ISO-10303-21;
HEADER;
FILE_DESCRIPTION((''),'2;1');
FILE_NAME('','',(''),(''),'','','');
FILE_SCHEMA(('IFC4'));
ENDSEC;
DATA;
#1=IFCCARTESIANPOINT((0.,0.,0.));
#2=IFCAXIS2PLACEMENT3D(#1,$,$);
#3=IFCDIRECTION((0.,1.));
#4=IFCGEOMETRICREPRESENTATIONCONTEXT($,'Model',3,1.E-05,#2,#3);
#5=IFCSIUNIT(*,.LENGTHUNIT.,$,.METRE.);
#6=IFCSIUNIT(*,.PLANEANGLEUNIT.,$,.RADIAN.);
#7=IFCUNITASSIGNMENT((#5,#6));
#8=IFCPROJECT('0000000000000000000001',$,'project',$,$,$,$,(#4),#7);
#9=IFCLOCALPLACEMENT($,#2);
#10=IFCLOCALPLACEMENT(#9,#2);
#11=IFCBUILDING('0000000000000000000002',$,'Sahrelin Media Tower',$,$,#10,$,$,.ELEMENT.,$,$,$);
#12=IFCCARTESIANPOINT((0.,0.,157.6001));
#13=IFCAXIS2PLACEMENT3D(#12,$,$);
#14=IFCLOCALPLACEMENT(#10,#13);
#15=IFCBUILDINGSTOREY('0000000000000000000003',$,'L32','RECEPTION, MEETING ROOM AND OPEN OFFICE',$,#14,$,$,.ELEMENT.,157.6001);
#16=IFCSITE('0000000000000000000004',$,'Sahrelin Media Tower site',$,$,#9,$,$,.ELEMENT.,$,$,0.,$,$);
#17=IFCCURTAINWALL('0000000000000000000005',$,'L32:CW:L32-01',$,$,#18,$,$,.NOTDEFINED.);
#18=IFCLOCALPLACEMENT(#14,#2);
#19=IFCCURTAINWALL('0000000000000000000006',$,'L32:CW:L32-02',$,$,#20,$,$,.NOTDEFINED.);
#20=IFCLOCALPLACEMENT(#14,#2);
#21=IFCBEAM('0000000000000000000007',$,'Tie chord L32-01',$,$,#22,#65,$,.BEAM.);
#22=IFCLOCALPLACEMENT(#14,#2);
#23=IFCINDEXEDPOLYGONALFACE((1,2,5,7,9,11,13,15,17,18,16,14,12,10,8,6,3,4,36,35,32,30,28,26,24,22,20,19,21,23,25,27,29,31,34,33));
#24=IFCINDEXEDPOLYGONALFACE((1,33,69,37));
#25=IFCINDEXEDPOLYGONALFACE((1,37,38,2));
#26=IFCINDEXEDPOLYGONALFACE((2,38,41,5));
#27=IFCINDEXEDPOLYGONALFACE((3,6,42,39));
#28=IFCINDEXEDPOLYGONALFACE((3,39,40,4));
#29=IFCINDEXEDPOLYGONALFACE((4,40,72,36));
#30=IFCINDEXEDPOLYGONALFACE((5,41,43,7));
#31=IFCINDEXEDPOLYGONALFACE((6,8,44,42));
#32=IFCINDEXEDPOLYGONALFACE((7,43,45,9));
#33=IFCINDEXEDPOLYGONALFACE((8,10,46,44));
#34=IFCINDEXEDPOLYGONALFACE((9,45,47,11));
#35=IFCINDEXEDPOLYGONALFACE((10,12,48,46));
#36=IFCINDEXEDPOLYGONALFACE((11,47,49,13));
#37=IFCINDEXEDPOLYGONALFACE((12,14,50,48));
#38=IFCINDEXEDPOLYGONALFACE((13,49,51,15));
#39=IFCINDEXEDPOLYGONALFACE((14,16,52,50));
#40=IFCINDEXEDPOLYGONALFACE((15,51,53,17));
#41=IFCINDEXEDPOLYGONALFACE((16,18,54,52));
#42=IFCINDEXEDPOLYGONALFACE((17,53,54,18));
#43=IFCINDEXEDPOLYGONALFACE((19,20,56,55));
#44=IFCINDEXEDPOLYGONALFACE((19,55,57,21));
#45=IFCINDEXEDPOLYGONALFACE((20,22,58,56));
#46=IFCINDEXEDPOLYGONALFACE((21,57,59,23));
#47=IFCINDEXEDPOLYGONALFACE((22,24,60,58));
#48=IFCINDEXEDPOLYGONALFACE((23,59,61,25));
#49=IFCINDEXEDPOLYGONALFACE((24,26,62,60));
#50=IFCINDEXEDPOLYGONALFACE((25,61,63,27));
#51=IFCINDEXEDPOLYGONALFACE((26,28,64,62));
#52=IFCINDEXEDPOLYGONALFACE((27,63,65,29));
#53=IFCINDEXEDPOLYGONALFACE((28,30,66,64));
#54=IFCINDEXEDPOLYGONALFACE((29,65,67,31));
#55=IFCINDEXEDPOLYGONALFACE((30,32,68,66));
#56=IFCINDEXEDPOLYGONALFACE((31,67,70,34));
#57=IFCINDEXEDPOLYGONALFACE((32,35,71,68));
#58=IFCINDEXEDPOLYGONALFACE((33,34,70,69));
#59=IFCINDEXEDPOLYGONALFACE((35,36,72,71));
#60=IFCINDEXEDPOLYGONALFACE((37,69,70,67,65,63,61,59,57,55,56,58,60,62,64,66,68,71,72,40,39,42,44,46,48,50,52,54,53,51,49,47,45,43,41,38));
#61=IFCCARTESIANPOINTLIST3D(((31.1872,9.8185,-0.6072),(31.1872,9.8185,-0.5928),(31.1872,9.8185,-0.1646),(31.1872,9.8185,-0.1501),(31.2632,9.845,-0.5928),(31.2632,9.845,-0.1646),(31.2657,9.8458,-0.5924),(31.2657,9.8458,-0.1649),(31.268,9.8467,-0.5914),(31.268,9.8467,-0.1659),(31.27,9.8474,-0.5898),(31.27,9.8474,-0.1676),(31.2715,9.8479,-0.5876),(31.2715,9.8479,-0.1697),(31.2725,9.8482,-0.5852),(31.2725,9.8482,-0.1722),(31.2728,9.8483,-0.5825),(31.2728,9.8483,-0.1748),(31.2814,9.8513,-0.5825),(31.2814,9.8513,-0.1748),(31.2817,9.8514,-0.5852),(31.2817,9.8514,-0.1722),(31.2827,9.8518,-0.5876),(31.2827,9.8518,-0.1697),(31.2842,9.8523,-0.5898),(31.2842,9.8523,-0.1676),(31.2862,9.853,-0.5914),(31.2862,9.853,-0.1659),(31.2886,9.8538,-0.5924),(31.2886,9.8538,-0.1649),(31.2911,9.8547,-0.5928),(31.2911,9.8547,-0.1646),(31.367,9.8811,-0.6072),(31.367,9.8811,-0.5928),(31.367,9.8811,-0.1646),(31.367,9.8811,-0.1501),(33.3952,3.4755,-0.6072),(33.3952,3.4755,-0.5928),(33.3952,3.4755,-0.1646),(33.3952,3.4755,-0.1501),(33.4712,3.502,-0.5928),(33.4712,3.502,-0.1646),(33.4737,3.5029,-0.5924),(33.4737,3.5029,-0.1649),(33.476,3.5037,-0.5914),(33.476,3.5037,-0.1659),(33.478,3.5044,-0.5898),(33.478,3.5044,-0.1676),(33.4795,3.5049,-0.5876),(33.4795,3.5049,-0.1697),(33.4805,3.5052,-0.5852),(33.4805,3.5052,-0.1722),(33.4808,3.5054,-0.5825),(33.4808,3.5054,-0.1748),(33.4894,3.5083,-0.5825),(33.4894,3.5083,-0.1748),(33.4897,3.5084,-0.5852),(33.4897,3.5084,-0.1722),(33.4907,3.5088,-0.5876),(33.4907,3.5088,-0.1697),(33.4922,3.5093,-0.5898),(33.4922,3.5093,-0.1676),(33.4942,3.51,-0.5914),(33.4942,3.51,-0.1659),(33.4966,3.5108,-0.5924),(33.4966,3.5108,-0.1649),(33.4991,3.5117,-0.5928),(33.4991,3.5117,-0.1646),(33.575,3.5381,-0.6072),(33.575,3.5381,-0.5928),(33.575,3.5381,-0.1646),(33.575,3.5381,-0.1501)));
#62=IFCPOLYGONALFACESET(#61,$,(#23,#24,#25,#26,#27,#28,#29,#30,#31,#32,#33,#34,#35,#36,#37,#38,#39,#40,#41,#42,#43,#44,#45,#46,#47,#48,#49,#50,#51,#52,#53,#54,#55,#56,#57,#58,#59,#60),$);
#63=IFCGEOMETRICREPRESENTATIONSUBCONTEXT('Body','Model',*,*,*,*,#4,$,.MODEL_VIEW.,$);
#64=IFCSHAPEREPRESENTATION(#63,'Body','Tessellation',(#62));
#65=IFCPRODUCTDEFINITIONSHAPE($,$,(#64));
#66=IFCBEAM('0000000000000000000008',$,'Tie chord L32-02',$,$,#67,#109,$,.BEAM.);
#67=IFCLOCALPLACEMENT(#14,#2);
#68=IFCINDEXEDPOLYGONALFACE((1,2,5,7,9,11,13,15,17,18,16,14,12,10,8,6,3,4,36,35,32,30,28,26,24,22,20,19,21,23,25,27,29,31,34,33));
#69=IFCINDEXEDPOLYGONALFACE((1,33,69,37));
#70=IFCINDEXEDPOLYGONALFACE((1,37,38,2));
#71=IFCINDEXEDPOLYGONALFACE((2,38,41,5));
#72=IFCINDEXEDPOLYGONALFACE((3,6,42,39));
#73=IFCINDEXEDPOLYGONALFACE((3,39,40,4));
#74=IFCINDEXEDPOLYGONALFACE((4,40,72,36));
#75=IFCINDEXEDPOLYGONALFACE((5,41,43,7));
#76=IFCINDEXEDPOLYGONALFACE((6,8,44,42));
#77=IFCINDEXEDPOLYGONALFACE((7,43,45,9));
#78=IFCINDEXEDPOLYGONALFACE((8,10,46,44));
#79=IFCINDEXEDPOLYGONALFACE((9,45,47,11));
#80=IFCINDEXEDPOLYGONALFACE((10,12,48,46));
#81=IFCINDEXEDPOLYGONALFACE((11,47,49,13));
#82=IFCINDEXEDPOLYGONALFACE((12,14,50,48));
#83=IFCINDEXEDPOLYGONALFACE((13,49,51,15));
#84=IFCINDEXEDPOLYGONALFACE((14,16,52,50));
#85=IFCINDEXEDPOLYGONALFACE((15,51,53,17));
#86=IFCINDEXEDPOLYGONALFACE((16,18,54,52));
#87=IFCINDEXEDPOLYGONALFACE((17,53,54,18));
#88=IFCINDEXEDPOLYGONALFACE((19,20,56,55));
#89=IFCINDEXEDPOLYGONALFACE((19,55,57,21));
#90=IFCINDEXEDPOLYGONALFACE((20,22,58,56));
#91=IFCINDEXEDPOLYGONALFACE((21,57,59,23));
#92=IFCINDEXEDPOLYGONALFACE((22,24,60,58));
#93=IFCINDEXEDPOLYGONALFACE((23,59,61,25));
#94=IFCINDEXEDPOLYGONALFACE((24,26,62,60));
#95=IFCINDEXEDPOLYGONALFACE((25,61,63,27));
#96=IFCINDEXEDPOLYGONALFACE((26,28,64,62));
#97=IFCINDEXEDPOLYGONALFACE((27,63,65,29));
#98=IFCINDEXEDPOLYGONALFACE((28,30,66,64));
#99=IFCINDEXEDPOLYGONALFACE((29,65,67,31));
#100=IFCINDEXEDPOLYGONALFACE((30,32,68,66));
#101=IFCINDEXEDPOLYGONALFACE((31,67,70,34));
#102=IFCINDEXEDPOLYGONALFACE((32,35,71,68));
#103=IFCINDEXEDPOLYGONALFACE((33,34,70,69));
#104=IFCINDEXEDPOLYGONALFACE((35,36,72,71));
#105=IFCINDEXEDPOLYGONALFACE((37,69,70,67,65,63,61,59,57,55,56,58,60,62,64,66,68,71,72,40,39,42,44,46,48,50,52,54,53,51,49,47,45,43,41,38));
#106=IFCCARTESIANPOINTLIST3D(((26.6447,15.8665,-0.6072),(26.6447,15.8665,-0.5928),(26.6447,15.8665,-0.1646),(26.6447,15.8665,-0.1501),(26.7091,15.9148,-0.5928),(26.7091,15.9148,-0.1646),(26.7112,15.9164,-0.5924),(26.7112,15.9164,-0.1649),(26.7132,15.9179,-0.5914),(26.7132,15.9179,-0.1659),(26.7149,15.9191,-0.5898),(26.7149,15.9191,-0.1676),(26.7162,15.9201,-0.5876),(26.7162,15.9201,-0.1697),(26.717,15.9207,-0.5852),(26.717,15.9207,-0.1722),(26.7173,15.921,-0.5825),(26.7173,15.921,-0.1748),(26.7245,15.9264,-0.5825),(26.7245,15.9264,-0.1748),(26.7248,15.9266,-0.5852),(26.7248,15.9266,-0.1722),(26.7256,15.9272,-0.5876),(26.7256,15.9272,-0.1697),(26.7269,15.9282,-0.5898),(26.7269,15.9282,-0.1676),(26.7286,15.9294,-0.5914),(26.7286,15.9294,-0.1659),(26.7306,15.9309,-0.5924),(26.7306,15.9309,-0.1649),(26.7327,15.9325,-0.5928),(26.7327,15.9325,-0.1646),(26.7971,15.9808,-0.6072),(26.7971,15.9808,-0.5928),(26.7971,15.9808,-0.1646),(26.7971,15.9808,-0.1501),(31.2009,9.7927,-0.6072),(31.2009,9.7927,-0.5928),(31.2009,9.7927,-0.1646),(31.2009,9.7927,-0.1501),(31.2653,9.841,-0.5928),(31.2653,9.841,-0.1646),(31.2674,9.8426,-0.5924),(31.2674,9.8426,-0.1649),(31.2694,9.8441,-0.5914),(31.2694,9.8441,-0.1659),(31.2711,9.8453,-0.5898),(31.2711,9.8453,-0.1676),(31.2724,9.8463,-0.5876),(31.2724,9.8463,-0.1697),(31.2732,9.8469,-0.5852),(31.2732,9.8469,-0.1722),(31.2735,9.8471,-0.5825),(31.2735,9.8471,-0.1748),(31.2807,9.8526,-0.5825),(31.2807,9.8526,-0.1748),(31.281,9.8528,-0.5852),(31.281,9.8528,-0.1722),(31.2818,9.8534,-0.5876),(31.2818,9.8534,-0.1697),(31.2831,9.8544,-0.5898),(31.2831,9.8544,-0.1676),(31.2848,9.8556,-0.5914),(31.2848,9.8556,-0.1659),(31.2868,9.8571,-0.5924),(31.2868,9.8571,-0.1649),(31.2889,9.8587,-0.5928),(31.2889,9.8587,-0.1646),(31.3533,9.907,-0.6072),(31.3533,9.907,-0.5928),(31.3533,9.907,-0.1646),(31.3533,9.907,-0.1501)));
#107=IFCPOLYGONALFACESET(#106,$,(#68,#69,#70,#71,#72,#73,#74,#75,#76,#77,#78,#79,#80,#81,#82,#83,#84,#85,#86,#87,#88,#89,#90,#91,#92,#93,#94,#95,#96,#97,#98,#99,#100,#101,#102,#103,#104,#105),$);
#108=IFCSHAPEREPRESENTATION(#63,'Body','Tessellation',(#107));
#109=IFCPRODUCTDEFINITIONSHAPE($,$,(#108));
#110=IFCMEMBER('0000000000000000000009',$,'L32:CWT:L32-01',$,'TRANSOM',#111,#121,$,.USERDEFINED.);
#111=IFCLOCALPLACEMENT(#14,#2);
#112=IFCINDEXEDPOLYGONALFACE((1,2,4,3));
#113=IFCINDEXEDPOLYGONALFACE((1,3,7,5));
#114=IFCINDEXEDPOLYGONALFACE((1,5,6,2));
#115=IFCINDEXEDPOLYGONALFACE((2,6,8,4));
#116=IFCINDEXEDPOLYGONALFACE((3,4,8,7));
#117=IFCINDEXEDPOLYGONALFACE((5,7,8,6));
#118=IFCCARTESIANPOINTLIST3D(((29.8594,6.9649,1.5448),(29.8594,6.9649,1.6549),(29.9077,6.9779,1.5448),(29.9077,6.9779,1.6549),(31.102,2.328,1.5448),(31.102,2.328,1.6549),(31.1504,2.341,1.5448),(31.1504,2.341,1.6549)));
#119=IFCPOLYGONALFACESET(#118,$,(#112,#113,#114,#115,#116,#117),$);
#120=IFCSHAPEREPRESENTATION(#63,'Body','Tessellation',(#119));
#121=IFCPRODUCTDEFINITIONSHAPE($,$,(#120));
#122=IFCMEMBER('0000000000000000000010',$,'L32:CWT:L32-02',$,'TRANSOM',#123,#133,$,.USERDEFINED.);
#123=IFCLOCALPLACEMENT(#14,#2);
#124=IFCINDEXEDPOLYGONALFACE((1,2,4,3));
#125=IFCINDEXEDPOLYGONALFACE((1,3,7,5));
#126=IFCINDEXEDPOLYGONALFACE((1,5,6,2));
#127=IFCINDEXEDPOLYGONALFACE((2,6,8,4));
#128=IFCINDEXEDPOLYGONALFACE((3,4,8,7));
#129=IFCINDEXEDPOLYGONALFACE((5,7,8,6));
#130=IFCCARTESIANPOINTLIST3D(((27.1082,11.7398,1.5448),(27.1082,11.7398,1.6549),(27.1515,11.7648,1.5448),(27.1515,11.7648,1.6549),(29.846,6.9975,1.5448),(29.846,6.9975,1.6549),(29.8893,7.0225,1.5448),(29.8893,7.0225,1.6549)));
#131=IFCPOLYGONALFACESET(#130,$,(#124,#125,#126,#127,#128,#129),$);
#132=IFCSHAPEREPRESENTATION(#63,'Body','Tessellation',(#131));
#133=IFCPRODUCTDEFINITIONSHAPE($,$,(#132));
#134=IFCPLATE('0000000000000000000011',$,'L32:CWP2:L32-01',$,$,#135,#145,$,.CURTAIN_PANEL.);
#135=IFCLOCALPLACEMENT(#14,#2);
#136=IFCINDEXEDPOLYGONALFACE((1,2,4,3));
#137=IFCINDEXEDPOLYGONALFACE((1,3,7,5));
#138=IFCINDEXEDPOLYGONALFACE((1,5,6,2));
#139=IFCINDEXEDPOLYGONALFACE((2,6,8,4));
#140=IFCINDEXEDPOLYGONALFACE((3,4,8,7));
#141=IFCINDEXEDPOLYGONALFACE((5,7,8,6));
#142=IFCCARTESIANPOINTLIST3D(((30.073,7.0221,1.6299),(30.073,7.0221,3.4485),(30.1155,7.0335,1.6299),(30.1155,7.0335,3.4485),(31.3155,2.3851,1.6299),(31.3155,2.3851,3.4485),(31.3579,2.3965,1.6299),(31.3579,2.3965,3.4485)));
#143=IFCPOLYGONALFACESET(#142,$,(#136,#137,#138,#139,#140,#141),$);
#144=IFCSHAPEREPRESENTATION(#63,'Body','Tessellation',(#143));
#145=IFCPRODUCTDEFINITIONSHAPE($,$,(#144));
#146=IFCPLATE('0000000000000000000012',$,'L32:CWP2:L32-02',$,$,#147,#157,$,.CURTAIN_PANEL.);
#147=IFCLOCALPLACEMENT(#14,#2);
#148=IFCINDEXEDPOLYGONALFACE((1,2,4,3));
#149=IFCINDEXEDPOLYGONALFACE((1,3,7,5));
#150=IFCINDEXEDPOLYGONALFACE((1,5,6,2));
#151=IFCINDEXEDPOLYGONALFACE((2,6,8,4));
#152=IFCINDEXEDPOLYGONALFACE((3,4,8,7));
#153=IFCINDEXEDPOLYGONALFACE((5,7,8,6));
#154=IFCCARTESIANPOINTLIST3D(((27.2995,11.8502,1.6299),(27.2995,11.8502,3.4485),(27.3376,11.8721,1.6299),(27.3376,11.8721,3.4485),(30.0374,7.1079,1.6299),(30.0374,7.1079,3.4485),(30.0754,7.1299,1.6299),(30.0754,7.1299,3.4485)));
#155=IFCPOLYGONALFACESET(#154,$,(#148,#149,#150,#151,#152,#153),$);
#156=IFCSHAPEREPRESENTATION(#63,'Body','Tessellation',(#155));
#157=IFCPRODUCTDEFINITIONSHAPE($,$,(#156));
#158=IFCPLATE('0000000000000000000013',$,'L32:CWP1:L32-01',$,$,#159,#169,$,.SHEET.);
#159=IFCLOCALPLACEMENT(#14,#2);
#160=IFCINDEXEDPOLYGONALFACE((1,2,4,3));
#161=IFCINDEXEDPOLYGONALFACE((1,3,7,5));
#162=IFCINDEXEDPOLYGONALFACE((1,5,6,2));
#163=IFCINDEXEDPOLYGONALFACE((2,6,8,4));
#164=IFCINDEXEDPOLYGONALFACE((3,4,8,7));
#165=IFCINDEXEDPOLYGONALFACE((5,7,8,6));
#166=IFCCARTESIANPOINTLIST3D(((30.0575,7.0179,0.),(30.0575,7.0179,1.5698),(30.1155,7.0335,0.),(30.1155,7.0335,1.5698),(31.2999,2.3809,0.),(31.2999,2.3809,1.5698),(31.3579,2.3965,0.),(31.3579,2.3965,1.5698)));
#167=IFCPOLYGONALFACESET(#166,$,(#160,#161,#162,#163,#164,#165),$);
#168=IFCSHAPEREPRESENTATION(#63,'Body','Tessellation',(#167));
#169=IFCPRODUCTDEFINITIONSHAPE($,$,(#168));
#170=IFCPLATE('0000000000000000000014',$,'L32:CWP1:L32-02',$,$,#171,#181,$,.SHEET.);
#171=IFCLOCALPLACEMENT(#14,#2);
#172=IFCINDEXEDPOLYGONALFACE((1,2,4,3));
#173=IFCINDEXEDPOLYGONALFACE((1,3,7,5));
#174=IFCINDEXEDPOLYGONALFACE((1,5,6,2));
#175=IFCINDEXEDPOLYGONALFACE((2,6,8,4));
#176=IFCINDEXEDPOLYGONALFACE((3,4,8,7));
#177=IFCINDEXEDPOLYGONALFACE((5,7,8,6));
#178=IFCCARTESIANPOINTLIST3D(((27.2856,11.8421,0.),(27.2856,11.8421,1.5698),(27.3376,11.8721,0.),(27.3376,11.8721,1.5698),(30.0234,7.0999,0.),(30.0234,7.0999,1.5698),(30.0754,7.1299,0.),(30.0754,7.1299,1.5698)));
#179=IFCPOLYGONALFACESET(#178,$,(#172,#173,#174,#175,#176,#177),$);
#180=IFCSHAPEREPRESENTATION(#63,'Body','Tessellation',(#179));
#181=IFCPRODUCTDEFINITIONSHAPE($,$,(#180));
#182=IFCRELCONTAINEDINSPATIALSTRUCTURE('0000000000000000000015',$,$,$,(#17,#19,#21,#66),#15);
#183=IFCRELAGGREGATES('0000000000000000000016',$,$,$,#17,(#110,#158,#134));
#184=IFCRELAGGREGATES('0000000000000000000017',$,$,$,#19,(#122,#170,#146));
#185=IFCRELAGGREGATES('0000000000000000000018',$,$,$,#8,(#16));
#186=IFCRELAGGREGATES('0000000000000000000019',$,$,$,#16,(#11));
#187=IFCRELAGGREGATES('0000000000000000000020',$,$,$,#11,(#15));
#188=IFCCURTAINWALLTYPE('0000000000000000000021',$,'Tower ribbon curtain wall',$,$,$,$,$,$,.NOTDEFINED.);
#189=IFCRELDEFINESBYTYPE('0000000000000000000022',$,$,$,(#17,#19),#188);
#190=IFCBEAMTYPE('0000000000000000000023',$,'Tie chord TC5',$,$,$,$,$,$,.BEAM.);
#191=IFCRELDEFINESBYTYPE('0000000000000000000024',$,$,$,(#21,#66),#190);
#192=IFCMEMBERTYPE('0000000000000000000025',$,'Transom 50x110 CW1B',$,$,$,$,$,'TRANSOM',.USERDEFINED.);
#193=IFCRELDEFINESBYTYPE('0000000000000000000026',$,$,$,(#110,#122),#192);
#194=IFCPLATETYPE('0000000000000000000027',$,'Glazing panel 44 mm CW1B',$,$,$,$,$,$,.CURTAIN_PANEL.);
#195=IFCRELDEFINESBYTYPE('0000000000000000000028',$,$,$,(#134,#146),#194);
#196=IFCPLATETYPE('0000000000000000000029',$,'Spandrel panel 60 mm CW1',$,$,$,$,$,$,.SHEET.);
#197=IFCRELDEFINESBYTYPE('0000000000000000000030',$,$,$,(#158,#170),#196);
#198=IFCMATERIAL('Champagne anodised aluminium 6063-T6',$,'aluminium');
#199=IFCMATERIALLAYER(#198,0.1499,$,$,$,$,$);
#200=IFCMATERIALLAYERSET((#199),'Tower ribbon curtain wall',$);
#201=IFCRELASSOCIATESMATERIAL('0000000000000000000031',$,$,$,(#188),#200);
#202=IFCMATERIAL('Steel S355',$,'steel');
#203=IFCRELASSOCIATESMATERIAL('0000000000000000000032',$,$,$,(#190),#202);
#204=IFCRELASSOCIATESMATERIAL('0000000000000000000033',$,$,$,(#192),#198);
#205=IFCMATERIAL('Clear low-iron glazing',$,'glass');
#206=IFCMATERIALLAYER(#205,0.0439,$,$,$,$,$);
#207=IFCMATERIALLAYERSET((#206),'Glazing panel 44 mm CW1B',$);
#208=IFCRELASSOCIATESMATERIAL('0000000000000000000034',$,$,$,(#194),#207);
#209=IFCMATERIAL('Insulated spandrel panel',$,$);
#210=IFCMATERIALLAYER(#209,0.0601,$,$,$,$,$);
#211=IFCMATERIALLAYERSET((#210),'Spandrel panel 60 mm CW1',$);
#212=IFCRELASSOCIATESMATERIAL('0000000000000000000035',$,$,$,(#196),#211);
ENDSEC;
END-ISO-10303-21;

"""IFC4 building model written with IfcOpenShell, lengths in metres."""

from ifc_helpers import new_model, si_unit, direction, frame, origin, origin_2d, place, context, subcontext, project, spatial, polyline, rectangle, i_section, outline, extrude, material, layer, layer_set, material_profile, profile_set, type_object, element, aggregate, save


model = new_model("IFC4")

# Units and contexts
model_context = context("Model", 3, precision=1e-05, world=origin(), true_north=direction((0.0, 1.0)))
body_context = subcontext(model_context, "Body", "Model", "MODEL_VIEW")
ifc_project = project(units=[si_unit("LENGTHUNIT", "METRE"), si_unit("PLANEANGLEUNIT", "RADIAN")], contexts=[model_context])

# Site, building, storey
site_placement = place(None, origin())
site = spatial("IfcSite", under=ifc_project, at=site_placement, Name="Sahrelin Media Tower site", CompositionType="ELEMENT", RefElevation=0.0)
building_placement = place(site_placement, origin())
building = spatial("IfcBuilding", under=site, at=building_placement, Name="Sahrelin Media Tower", CompositionType="ELEMENT")
storey_placement = place(building_placement, frame((0.0, 0.0, 157.6001)))
storey = spatial("IfcBuildingStorey", under=building, at=storey_placement, Name="L32", Description="RECEPTION, MEETING ROOM AND OPEN OFFICE", CompositionType="ELEMENT", Elevation=157.6001)

# Shared definitions
ifc_material_1 = material(Name="Steel S355", Category="steel")

# Curtain walls
ifc_material_2 = material(Name="Champagne anodised aluminium 6063-T6", Category="aluminium")
ifc_layer_1 = layer(ifc_material_2, 0.1499)
ifc_layer_set_1 = layer_set([ifc_layer_1], Name="Tower ribbon curtain wall")
curtain_wall_type = type_object("IfcCurtainWallType", Name="Tower ribbon curtain wall", PredefinedType="NOTDEFINED", material=ifc_layer_set_1)
curtain_wall_1_placement = place(storey_placement, frame((30.7173, 4.7097, 0.0), z_axis=(0.0, 0.0, 1.0), x_axis=(1.0, 0.0, 0.0)))
curtain_wall_1 = element("IfcCurtainWall", 1, at=curtain_wall_1_placement, inside=storey, type_object=curtain_wall_type, Name="L32:CW:L32-01", PredefinedType="NOTDEFINED")
curtain_wall_2_placement = place(storey_placement, frame((28.6892, 9.491, 0.0), z_axis=(0.0, 0.0, 1.0), x_axis=(1.0, 0.0, 0.0)))
curtain_wall_2 = element("IfcCurtainWall", 2, at=curtain_wall_2_placement, inside=storey, type_object=curtain_wall_type, Name="L32:CW:L32-02", PredefinedType="NOTDEFINED")

# Beams
ifc_material_profile_1 = material_profile(ifc_material_1, i_section(OverallWidth=0.1904, OverallDepth=0.457, WebThickness=0.009, FlangeThickness=0.0144, FilletRadius=0.0103, at=origin_2d()), Name="UB 457x191x74")
ifc_profile_set_1 = profile_set([ifc_material_profile_1], Name="Steel S355")
beam_type_1 = type_object("IfcBeamType", Name="Tie chord TC5", PredefinedType="BEAM", material=ifc_profile_set_1)
beam_1_placement = place(storey_placement, frame((33.4851, 3.5068, -0.3787), z_axis=(-0.328752, 0.944416, 0.0), x_axis=(-0.944416, -0.328752, 0.0)))
element("IfcBeam", 3, at=beam_1_placement, inside=storey, type_object=beam_type_1, Name="Tie chord L32-01", PredefinedType="BEAM", context=body_context, shape_type="SweptSolid", body=[
    extrude(i_section(OverallWidth=0.1904, OverallDepth=0.457, WebThickness=0.009, FlangeThickness=0.0144, FilletRadius=0.0103, at=origin_2d()), origin(), (0.0, 0.0, 1.0), 6.7163),
])
beam_2_placement = place(storey_placement, frame((31.2771, 9.8499, -0.3787), z_axis=(-0.600072, 0.799946, 0.0), x_axis=(-0.799946, -0.600072, 0.0)))
element("IfcBeam", 4, at=beam_2_placement, inside=storey, type_object=beam_type_1, Name="Tie chord L32-02", PredefinedType="BEAM", context=body_context, shape_type="SweptSolid", body=[
    extrude(i_section(OverallWidth=0.1904, OverallDepth=0.457, WebThickness=0.009, FlangeThickness=0.0144, FilletRadius=0.0103, at=origin_2d()), origin(), (0.0, 0.0, 1.0), 7.5928),
])

# Members
ifc_material_profile_2 = material_profile(ifc_material_2, rectangle(XDim=0.05, YDim=0.1101, at=origin_2d()), Name="Transom 50x110")
ifc_profile_set_2 = profile_set([ifc_material_profile_2], Name="Champagne anodised aluminium 6063-T6")
member_type_1 = type_object("IfcMemberType", Name="Transom 50x110 CW1B", ElementType="TRANSOM", PredefinedType="USERDEFINED", material=ifc_profile_set_2)
member_1_placement = place(storey_placement, frame((31.1262, 2.3345, 1.5999), z_axis=(-0.258859, 0.965915, 0.0), x_axis=(-0.965915, -0.258859, 0.0)))
member_1 = element("IfcMember", 5, at=member_1_placement, type_object=member_type_1, Name="L32:CWT:L32-01", ObjectType="TRANSOM", PredefinedType="USERDEFINED", context=body_context, shape_type="SweptSolid", body=[
    extrude(rectangle(XDim=0.05, YDim=0.1101, at=origin_2d()), origin(), (0.0, 0.0, 1.0), 4.8005),
])
member_2_placement = place(storey_placement, frame((29.8677, 7.01, 1.5999), z_axis=(-0.499985, 0.866034, 0.0), x_axis=(-0.866034, -0.499985, 0.0)))
member_2 = element("IfcMember", 6, at=member_2_placement, type_object=member_type_1, Name="L32:CWT:L32-02", ObjectType="TRANSOM", PredefinedType="USERDEFINED", context=body_context, shape_type="SweptSolid", body=[
    extrude(rectangle(XDim=0.05, YDim=0.1101, at=origin_2d()), origin(), (0.0, 0.0, 1.0), 5.4758),
])

# Plates
ifc_material_3 = material(Name="Clear low-iron glazing", Category="glass")
ifc_layer_2 = layer(ifc_material_3, 0.0439)
ifc_layer_set_2 = layer_set([ifc_layer_2], Name="Glazing panel 44 mm CW1B")
plate_type_1 = type_object("IfcPlateType", Name="Glazing panel 44 mm CW1B", PredefinedType="CURTAIN_PANEL", material=ifc_layer_set_2)
plate_1_placement = place(storey_placement, frame((31.3579, 2.3965, 1.6299), z_axis=(0.965928, 0.258811, 0.0), x_axis=(-0.258811, 0.965928, 0.0)))
plate_1 = element("IfcPlate", 7, at=plate_1_placement, type_object=plate_type_1, Name="L32:CWP2:L32-01", PredefinedType="CURTAIN_PANEL", context=body_context, shape_type="SweptSolid", body=[
    extrude(outline(polyline([(0.0, 0.0), (4.8005, 0.0), (4.8005, 1.8186), (0.0, 1.8186), (0.0, 0.0)])), origin(), (0.0, 0.0, -1.0), 0.0439),
])
plate_2_placement = place(storey_placement, frame((30.0754, 7.1299, 1.6299), z_axis=(0.866034, 0.499985, 0.0), x_axis=(-0.499985, 0.866034, 0.0)))
plate_2 = element("IfcPlate", 8, at=plate_2_placement, type_object=plate_type_1, Name="L32:CWP2:L32-02", PredefinedType="CURTAIN_PANEL", context=body_context, shape_type="SweptSolid", body=[
    extrude(outline(polyline([(0.0, 0.0), (5.4758, 0.0), (5.4758, 1.8186), (0.0, 1.8186), (0.0, 0.0)])), origin(), (0.0, 0.0, -1.0), 0.0439),
])
ifc_material_4 = material(Name="Insulated spandrel panel")
ifc_layer_3 = layer(ifc_material_4, 0.0601)
ifc_layer_set_3 = layer_set([ifc_layer_3], Name="Spandrel panel 60 mm CW1")
plate_type_2 = type_object("IfcPlateType", Name="Spandrel panel 60 mm CW1", PredefinedType="SHEET", material=ifc_layer_set_3)
plate_3_placement = place(storey_placement, frame((31.3579, 2.3965, 0.0), z_axis=(0.965928, 0.258811, 0.0), x_axis=(-0.258811, 0.965928, 0.0)))
plate_3 = element("IfcPlate", 9, at=plate_3_placement, type_object=plate_type_2, Name="L32:CWP1:L32-01", PredefinedType="SHEET", context=body_context, shape_type="SweptSolid", body=[
    extrude(outline(polyline([(0.0, 0.0), (4.8005, 0.0), (4.8005, 1.5698), (0.0, 1.5698), (0.0, 0.0)])), origin(), (0.0, 0.0, -1.0), 0.0601),
])
aggregate(curtain_wall_1, [member_1, plate_3, plate_1])
plate_4_placement = place(storey_placement, frame((30.0754, 7.1299, 0.0), z_axis=(0.866034, 0.499985, 0.0), x_axis=(-0.499985, 0.866034, 0.0)))
plate_4 = element("IfcPlate", 10, at=plate_4_placement, type_object=plate_type_2, Name="L32:CWP1:L32-02", PredefinedType="SHEET", context=body_context, shape_type="SweptSolid", body=[
    extrude(outline(polyline([(0.0, 0.0), (5.4758, 0.0), (5.4758, 1.5698), (0.0, 1.5698), (0.0, 0.0)])), origin(), (0.0, 0.0, -1.0), 0.0601),
])
aggregate(curtain_wall_2, [member_2, plate_4, plate_2])

save(model, "model.ifc")
